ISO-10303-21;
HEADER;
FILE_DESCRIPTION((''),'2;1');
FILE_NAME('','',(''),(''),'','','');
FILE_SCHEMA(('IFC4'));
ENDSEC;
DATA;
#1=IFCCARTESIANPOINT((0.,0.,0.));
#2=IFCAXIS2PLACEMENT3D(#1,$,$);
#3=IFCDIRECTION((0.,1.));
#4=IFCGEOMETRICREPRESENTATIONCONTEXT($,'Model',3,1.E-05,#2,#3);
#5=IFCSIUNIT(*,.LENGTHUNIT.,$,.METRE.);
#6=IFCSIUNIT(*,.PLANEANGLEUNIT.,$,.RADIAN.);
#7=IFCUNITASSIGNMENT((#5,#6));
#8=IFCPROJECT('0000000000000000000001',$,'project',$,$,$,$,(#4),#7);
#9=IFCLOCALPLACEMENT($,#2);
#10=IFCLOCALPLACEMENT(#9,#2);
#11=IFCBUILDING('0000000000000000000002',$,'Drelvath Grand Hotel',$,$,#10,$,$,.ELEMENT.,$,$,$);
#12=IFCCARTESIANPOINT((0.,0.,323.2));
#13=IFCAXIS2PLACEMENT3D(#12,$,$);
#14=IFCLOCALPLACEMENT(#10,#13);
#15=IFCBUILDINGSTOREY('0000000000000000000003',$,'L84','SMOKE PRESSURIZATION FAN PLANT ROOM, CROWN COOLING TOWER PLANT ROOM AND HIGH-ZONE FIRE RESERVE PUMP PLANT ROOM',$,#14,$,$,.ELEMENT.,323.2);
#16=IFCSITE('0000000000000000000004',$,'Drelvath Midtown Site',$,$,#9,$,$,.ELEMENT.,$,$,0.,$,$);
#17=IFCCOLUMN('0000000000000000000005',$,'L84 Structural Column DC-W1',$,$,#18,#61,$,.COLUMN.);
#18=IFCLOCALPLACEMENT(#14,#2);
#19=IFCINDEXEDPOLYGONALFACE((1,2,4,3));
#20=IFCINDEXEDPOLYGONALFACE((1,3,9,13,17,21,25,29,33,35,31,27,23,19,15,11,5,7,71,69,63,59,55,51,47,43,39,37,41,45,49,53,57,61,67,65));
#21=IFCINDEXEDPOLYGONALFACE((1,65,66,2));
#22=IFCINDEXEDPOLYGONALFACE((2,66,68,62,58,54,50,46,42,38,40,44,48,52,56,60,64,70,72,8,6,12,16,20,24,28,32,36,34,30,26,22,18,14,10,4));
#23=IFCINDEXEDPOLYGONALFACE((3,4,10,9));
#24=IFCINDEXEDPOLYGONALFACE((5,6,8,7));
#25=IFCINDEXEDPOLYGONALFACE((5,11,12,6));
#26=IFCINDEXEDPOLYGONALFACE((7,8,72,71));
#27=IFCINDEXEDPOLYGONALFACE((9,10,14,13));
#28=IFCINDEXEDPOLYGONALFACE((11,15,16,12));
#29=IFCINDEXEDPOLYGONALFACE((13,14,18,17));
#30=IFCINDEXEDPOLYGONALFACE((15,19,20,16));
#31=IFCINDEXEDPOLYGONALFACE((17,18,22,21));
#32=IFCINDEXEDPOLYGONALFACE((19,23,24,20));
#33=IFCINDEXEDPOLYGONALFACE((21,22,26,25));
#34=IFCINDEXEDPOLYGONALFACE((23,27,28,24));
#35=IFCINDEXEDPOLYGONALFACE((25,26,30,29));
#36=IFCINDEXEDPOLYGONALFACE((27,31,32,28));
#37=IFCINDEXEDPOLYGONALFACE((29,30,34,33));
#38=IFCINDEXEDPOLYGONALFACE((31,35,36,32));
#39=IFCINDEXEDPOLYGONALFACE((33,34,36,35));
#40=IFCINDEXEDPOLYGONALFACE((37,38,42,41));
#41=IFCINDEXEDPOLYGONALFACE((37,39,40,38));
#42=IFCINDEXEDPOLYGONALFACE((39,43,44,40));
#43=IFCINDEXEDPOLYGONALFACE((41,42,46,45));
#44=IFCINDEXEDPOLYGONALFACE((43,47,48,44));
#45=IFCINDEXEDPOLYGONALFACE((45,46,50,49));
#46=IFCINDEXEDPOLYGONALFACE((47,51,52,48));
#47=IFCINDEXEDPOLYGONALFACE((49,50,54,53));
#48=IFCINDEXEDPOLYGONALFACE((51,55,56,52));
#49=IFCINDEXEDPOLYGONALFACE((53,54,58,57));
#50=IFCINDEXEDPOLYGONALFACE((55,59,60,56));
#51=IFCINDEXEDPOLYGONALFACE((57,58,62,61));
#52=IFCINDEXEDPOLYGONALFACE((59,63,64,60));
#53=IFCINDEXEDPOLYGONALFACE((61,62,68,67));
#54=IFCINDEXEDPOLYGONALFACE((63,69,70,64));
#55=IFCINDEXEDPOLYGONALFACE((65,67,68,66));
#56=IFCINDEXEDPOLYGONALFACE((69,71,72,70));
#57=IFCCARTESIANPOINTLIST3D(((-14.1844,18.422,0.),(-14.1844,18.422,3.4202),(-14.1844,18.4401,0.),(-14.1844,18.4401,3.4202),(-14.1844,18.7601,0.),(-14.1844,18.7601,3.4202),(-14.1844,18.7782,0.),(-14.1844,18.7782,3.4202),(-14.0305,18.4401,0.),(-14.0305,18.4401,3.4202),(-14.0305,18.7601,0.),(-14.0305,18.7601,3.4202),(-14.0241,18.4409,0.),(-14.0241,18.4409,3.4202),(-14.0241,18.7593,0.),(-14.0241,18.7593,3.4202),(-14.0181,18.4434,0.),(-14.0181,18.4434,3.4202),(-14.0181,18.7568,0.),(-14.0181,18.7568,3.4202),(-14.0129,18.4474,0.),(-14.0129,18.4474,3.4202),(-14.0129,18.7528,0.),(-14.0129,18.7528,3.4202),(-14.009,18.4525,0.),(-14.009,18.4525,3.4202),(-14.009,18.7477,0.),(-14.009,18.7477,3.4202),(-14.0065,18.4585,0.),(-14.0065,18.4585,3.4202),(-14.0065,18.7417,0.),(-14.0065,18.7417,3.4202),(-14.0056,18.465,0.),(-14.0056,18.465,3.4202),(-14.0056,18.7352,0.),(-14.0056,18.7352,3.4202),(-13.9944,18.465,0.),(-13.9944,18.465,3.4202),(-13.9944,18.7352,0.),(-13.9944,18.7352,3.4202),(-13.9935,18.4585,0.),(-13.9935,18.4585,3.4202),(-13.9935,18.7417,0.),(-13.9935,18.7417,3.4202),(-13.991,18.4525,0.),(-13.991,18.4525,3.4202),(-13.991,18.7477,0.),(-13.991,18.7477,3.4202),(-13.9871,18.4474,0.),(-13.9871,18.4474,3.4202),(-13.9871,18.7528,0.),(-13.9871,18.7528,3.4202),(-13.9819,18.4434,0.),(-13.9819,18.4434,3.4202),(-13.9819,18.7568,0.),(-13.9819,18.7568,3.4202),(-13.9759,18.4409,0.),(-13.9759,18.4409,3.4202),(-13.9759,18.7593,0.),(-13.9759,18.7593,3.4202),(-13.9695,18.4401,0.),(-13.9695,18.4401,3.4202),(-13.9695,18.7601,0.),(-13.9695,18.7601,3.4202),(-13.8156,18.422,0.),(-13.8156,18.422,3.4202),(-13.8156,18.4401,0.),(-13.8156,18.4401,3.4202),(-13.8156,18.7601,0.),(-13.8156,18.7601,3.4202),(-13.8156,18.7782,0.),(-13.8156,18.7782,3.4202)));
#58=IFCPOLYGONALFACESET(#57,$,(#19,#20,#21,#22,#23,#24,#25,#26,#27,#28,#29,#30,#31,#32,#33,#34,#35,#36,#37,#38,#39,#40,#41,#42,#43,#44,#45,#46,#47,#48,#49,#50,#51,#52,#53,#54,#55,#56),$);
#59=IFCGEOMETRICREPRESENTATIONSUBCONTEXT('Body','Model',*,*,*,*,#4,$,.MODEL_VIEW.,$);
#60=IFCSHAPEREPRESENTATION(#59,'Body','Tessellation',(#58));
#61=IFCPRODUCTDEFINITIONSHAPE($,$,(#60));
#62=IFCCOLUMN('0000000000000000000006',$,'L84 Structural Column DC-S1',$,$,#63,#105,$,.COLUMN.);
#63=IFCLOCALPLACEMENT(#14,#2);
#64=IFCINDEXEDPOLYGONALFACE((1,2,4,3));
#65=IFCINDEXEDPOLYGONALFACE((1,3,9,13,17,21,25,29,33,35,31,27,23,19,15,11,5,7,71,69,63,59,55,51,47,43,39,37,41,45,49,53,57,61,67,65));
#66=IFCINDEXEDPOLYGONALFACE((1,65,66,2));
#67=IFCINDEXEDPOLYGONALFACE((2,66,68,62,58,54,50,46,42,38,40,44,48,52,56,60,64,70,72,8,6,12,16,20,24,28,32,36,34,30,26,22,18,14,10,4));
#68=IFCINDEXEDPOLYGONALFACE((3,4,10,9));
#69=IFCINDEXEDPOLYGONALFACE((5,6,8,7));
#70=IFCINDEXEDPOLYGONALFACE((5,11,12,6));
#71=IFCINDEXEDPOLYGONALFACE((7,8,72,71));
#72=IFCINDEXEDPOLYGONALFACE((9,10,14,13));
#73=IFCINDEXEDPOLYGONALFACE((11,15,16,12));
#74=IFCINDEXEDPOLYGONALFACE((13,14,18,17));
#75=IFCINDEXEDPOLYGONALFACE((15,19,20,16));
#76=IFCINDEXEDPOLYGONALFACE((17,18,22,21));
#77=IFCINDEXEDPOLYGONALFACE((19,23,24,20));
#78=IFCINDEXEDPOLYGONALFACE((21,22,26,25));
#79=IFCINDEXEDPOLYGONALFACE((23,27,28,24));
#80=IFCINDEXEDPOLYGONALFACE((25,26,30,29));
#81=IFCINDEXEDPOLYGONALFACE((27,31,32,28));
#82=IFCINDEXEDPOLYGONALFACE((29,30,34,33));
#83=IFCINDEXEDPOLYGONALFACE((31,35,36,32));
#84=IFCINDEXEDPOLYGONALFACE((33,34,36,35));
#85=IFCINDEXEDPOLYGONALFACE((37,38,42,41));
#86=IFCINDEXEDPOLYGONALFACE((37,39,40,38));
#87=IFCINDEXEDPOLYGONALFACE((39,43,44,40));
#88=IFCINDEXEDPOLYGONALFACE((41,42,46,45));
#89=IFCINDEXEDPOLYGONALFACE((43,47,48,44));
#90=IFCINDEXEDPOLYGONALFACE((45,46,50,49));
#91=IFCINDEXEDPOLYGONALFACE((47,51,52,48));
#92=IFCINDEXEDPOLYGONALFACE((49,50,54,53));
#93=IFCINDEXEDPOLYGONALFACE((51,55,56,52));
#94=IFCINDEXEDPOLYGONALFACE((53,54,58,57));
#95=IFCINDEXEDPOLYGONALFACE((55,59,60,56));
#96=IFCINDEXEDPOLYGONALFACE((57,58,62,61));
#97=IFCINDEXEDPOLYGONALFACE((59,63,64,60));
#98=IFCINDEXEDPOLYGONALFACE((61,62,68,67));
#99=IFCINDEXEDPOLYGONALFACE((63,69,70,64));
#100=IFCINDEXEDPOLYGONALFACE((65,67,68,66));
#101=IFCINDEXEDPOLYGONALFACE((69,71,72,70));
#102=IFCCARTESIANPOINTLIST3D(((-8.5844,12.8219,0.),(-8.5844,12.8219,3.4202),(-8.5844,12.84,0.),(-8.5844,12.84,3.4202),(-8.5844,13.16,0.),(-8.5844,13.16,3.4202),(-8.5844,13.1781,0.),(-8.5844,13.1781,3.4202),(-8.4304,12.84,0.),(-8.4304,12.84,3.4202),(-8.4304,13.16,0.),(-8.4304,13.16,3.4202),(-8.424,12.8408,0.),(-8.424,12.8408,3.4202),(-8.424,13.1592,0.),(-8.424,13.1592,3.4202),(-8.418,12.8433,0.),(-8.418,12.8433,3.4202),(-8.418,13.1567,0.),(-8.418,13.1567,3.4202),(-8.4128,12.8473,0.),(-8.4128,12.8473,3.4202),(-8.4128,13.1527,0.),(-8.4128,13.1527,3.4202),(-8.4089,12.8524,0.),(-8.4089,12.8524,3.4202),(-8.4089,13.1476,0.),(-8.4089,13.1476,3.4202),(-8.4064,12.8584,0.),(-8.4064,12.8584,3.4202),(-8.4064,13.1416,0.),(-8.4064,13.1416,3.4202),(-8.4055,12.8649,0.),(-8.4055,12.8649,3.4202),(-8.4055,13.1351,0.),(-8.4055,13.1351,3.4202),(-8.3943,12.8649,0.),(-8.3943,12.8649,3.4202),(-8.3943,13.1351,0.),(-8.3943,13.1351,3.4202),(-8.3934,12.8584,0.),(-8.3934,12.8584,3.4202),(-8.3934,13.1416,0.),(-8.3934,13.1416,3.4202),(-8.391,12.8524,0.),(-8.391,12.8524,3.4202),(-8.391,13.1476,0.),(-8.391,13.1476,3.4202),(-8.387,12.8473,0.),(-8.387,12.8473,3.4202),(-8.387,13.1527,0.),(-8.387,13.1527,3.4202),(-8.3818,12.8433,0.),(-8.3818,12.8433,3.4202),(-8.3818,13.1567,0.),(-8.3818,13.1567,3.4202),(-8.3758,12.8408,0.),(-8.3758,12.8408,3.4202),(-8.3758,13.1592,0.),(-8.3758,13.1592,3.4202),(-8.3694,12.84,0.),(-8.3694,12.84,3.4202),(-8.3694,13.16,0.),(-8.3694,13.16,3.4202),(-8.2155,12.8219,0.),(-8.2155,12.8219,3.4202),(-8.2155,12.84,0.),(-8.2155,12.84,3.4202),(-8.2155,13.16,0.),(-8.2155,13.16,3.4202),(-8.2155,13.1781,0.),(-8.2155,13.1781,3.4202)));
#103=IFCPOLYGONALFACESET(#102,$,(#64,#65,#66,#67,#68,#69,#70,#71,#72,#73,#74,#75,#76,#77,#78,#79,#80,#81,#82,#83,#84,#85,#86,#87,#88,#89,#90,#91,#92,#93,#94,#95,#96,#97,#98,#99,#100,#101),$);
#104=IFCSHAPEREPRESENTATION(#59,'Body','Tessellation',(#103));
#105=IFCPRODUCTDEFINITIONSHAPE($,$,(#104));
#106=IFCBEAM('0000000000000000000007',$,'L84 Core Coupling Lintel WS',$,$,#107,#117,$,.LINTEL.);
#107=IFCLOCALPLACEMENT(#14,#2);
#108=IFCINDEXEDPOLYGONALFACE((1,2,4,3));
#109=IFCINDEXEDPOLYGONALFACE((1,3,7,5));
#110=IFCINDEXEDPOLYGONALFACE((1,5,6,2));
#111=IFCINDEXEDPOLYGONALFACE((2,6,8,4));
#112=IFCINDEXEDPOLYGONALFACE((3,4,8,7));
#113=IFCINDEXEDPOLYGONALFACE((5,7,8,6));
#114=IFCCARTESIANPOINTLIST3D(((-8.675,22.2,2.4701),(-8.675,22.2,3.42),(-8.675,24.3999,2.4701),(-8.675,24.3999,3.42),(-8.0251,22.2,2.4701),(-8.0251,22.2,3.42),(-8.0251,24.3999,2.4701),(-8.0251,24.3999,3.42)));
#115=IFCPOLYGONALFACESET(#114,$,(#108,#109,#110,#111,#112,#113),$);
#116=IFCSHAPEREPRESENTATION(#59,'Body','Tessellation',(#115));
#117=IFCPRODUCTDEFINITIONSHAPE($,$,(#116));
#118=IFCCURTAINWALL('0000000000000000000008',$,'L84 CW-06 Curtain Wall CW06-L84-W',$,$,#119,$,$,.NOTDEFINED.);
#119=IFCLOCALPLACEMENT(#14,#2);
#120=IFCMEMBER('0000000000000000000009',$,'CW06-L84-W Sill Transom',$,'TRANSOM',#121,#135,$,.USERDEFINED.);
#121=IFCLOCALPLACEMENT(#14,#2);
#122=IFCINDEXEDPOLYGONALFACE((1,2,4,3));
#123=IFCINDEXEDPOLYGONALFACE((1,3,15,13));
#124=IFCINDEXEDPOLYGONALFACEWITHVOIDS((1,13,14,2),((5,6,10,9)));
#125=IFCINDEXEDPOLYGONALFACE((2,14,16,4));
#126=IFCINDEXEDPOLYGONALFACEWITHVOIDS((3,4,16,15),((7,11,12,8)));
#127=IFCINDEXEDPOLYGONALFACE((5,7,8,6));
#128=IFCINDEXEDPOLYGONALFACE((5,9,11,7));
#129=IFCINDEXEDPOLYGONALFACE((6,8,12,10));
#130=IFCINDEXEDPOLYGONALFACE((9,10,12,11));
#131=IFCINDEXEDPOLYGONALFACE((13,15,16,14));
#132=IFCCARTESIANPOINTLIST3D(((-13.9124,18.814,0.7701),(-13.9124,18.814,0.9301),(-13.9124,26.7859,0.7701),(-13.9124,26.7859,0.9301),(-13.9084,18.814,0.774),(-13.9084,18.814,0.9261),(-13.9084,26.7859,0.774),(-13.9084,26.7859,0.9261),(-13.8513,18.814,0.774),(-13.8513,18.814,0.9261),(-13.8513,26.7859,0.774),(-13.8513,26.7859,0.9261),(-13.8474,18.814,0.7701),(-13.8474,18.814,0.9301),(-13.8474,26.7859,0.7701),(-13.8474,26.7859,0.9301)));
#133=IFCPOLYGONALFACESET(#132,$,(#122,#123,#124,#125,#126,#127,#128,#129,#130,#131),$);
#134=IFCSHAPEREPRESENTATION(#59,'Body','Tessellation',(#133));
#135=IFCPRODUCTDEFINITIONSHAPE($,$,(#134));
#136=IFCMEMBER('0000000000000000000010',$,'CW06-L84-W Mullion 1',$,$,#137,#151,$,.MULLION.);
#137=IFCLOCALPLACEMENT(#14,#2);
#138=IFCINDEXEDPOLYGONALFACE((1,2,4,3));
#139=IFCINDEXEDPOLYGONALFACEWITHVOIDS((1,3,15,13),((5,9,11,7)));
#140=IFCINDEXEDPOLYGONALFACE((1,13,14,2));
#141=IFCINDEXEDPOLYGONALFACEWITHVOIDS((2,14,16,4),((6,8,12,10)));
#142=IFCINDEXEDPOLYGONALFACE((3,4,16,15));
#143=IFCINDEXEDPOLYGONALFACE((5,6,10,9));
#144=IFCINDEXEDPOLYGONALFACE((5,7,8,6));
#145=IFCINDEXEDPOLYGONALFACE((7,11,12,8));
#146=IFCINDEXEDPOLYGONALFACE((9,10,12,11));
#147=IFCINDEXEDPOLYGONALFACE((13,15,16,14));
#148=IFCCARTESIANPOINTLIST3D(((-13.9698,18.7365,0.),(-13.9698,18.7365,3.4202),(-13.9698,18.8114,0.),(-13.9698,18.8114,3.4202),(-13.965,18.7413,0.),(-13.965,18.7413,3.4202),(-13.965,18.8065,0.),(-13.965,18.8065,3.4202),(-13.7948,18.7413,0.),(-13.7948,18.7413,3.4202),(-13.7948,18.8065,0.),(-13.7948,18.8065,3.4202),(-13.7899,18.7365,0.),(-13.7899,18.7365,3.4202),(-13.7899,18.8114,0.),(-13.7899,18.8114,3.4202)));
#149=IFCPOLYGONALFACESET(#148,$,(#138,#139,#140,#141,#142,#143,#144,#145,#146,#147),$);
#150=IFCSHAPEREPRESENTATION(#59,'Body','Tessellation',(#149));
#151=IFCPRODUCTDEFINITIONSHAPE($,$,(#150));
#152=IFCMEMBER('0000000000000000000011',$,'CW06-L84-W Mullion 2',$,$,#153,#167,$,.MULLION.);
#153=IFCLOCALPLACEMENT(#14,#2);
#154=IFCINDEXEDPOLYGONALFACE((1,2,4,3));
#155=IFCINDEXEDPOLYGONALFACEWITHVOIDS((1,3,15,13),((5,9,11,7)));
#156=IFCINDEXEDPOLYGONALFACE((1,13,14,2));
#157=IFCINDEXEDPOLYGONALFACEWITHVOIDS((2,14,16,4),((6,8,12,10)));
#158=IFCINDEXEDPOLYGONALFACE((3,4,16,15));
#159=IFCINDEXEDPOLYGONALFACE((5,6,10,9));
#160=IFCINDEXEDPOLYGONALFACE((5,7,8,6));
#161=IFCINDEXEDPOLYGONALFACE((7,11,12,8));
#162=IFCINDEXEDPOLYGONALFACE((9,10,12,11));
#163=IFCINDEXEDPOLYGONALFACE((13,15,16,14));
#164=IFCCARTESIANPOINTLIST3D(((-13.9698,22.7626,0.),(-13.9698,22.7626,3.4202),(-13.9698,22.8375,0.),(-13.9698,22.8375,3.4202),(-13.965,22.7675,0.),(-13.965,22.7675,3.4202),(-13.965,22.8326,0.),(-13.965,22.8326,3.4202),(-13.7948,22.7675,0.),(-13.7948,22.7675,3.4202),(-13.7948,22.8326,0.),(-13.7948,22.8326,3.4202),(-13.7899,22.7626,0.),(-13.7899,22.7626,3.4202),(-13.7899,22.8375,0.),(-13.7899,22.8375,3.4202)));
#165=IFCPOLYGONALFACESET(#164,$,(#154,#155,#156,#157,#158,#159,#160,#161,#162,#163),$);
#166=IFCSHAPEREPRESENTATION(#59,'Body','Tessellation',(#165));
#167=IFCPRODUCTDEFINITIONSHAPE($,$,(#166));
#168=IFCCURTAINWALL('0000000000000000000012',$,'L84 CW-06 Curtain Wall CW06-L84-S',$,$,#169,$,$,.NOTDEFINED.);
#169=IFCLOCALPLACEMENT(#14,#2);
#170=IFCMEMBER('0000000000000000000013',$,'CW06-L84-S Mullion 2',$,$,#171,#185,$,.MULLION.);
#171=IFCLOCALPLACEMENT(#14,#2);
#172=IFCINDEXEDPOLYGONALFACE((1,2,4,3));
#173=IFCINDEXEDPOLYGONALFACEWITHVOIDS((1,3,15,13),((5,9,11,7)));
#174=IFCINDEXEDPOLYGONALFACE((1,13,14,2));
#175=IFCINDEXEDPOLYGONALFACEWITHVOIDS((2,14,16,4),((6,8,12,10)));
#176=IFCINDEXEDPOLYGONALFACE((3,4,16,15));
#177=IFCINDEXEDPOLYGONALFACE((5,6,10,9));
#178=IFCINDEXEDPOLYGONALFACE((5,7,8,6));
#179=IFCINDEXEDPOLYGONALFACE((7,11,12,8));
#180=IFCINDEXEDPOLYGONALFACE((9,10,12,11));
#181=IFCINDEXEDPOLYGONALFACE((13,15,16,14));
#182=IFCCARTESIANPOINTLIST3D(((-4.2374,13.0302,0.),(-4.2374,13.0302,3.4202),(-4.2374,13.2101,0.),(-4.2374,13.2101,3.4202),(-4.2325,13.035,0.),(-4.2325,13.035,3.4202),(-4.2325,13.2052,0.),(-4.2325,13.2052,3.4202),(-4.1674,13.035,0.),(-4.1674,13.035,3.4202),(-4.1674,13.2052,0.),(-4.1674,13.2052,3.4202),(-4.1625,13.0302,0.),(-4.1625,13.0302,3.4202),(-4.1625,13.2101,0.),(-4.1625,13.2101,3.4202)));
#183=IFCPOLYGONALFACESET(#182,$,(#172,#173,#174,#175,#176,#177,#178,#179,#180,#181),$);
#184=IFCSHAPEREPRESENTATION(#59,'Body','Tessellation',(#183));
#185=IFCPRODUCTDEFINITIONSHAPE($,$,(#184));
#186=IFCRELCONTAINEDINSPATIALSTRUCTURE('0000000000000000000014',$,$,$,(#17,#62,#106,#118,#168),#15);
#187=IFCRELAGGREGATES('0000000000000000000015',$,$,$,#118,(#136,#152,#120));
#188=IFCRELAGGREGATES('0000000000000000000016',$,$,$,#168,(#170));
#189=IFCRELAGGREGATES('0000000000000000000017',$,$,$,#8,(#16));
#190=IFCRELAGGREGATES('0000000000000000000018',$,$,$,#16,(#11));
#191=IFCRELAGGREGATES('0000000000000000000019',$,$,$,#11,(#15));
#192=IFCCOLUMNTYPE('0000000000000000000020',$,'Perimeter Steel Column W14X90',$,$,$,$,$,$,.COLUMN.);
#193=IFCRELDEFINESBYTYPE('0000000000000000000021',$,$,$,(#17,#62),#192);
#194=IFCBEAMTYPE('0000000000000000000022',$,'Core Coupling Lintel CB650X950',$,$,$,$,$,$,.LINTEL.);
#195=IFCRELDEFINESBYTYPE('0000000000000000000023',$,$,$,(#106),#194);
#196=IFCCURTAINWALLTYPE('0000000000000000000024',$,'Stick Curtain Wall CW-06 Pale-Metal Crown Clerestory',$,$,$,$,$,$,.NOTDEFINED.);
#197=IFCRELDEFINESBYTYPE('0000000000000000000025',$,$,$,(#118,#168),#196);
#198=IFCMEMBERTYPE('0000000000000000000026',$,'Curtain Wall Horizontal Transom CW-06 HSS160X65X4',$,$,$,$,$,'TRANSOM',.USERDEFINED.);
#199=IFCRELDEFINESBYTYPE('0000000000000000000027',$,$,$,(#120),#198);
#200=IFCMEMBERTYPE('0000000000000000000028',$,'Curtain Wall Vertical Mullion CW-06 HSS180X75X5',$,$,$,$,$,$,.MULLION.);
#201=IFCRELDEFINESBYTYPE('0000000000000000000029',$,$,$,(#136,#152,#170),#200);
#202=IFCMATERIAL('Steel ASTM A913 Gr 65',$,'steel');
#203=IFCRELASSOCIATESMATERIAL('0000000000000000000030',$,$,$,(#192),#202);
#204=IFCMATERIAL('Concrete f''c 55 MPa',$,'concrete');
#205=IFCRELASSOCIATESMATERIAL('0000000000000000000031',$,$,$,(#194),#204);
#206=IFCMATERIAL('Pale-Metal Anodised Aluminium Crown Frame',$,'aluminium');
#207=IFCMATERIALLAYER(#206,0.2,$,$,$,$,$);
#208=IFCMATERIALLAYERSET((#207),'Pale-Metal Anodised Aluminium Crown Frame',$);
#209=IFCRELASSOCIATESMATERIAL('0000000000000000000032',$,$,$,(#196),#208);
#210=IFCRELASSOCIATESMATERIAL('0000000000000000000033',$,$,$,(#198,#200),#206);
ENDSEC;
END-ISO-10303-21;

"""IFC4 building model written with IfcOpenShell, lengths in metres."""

from ifc_helpers import new_model, si_unit, direction, frame, origin, origin_2d, place, context, subcontext, project, spatial, rectangle, hollow_rectangle, i_section, extrude, material, layer, layer_set, material_profile, profile_set, type_object, element, aggregate, save


model = new_model("IFC4")

# Units and contexts
model_context = context("Model", 3, precision=1e-05, world=origin(), true_north=direction((0.0, 1.0)))
body_context = subcontext(model_context, "Body", "Model", "MODEL_VIEW")
ifc_project = project(units=[si_unit("LENGTHUNIT", "METRE"), si_unit("PLANEANGLEUNIT", "RADIAN")], contexts=[model_context])

# Site, building, storey
site_placement = place(None, origin())
site = spatial("IfcSite", under=ifc_project, at=site_placement, Name="Drelvath Midtown Site", CompositionType="ELEMENT", RefElevation=0.0)
building_placement = place(site_placement, origin())
building = spatial("IfcBuilding", under=site, at=building_placement, Name="Drelvath Grand Hotel", CompositionType="ELEMENT")
storey_placement = place(building_placement, frame((0.0, 0.0, 323.2)))
storey = spatial("IfcBuildingStorey", under=building, at=storey_placement, Name="L84", Description="SMOKE PRESSURIZATION FAN PLANT ROOM, CROWN COOLING TOWER PLANT ROOM AND HIGH-ZONE FIRE RESERVE PUMP PLANT ROOM", CompositionType="ELEMENT", Elevation=323.2)

# Columns
ifc_material_1 = material(Name="Steel ASTM A913 Gr 65", Category="steel")
ifc_material_profile_1 = material_profile(ifc_material_1, i_section(OverallWidth=0.3689, OverallDepth=0.3562, WebThickness=0.0112, FlangeThickness=0.0181, FilletRadius=0.0249, at=origin_2d()), Name="W14X90")
ifc_profile_set_1 = profile_set([ifc_material_profile_1], Name="Steel ASTM A913 Gr 65")
column_type = type_object("IfcColumnType", Name="Perimeter Steel Column W14X90", PredefinedType="COLUMN", material=ifc_profile_set_1)
for number, where, z_axis, x_axis, name in (
    (1, (-14.0, 18.6001, 0.0), (0.0, 0.0, 1.0), (1.0, 0.0, 0.0), "L84 Structural Column DC-W1"),
    (2, (-8.3999, 13.0, 0.0), (0.0, 0.0, 1.0), (1.0, 0.0, 0.0), "L84 Structural Column DC-S1"),
):
    element("IfcColumn", number, at=place(storey_placement, frame(where, z_axis=z_axis, x_axis=x_axis)), inside=storey, type_object=column_type, Name=name, PredefinedType="COLUMN", context=body_context, shape_type="SweptSolid", body=[
        extrude(i_section(OverallWidth=0.3689, OverallDepth=0.3562, WebThickness=0.0112, FlangeThickness=0.0181, FilletRadius=0.0249, at=origin_2d()), origin(), (0.0, 0.0, 1.0), 3.4202),
    ])

# Beam
ifc_material_2 = material(Name="Concrete f'c 55 MPa", Category="concrete")
ifc_material_profile_2 = material_profile(ifc_material_2, rectangle(XDim=0.6499, YDim=0.95, at=origin_2d()), Name="CB650X950")
ifc_profile_set_2 = profile_set([ifc_material_profile_2], Name="Concrete f'c 55 MPa")
beam_type_1 = type_object("IfcBeamType", Name="Core Coupling Lintel CB650X950", PredefinedType="LINTEL", material=ifc_profile_set_2)
beam_1_placement = place(storey_placement, frame((-8.3501, 22.2, 2.9451), z_axis=(0.0, 1.0, 0.0), x_axis=(-1.0, 0.0, 0.0)))
element("IfcBeam", 3, at=beam_1_placement, inside=storey, type_object=beam_type_1, Name="L84 Core Coupling Lintel WS", PredefinedType="LINTEL", context=body_context, shape_type="SweptSolid", body=[
    extrude(rectangle(XDim=0.6499, YDim=0.95, at=origin_2d()), origin(), (0.0, 0.0, 1.0), 2.2),
])

# Curtain walls, members
ifc_material_3 = material(Name="Pale-Metal Anodised Aluminium Crown Frame", Category="aluminium")
ifc_layer_1 = layer(ifc_material_3, 0.2)
ifc_layer_set_1 = layer_set([ifc_layer_1], Name="Pale-Metal Anodised Aluminium Crown Frame")
curtain_wall_type = type_object("IfcCurtainWallType", Name="Stick Curtain Wall CW-06 Pale-Metal Crown Clerestory", PredefinedType="NOTDEFINED", material=ifc_layer_set_1)
curtain_wall_1_placement = place(storey_placement, origin())
curtain_wall_1 = element("IfcCurtainWall", 4, at=curtain_wall_1_placement, inside=storey, type_object=curtain_wall_type, Name="L84 CW-06 Curtain Wall CW06-L84-W", PredefinedType="NOTDEFINED")
ifc_material_profile_3 = material_profile(ifc_material_3, hollow_rectangle(XDim=0.0649, YDim=0.1599, WallThickness=0.0039, at=origin_2d()), Name="HSS160X65X4")
ifc_profile_set_3 = profile_set([ifc_material_profile_3], Name="Pale-Metal Anodised Aluminium Crown Frame")
member_type_1 = type_object("IfcMemberType", Name="Curtain Wall Horizontal Transom CW-06 HSS160X65X4", ElementType="TRANSOM", PredefinedType="USERDEFINED", material=ifc_profile_set_3)
member_1_placement = place(storey_placement, frame((-13.8799, 18.814, 0.8501), z_axis=(0.0, 1.0, 0.0), x_axis=(-1.0, 0.0, 0.0)))
member_1 = element("IfcMember", 5, at=member_1_placement, type_object=member_type_1, Name="CW06-L84-W Sill Transom", ObjectType="TRANSOM", PredefinedType="USERDEFINED", context=body_context, shape_type="SweptSolid", body=[
    extrude(hollow_rectangle(XDim=0.0649, YDim=0.1599, WallThickness=0.0039, at=origin_2d()), origin(), (0.0, 0.0, 1.0), 7.9719),
])
ifc_material_profile_4 = material_profile(ifc_material_3, hollow_rectangle(XDim=0.075, YDim=0.1799, WallThickness=0.0049, at=origin_2d()), Name="HSS180X75X5")
ifc_profile_set_4 = profile_set([ifc_material_profile_4], Name="Pale-Metal Anodised Aluminium Crown Frame")
member_type_2 = type_object("IfcMemberType", Name="Curtain Wall Vertical Mullion CW-06 HSS180X75X5", PredefinedType="MULLION", material=ifc_profile_set_4)
member_2_placement = place(storey_placement, frame((-13.8799, 18.7739, 0.0), z_axis=(0.0, 0.0, 1.0), x_axis=(0.0, 1.0, 0.0)))
member_2 = element("IfcMember", 6, at=member_2_placement, type_object=member_type_2, Name="CW06-L84-W Mullion 1", PredefinedType="MULLION", context=body_context, shape_type="SweptSolid", body=[
    extrude(hollow_rectangle(XDim=0.075, YDim=0.1799, WallThickness=0.0049, at=origin_2d()), origin(), (0.0, 0.0, 1.0), 3.4202),
])
member_3_placement = place(storey_placement, frame((-13.8799, 22.8, 0.0), z_axis=(0.0, 0.0, 1.0), x_axis=(0.0, 1.0, 0.0)))
member_3 = element("IfcMember", 7, at=member_3_placement, type_object=member_type_2, Name="CW06-L84-W Mullion 2", PredefinedType="MULLION", context=body_context, shape_type="SweptSolid", body=[
    extrude(hollow_rectangle(XDim=0.075, YDim=0.1799, WallThickness=0.0049, at=origin_2d()), origin(), (0.0, 0.0, 1.0), 3.4202),
])
curtain_wall_2_placement = place(storey_placement, origin())
curtain_wall_2 = element("IfcCurtainWall", 8, at=curtain_wall_2_placement, inside=storey, type_object=curtain_wall_type, Name="L84 CW-06 Curtain Wall CW06-L84-S", PredefinedType="NOTDEFINED")
member_4_placement = place(storey_placement, frame((-4.2, 13.1201, 0.0), z_axis=(0.0, 0.0, 1.0), x_axis=(1.0, 0.0, 0.0)))
member_4 = element("IfcMember", 9, at=member_4_placement, type_object=member_type_2, Name="CW06-L84-S Mullion 2", PredefinedType="MULLION", context=body_context, shape_type="SweptSolid", body=[
    extrude(hollow_rectangle(XDim=0.075, YDim=0.1799, WallThickness=0.0049, at=origin_2d()), origin(), (0.0, 0.0, 1.0), 3.4202),
])

aggregate(curtain_wall_1, [member_2, member_3, member_1])
aggregate(curtain_wall_2, [member_4])

save(model, "model.ifc")
